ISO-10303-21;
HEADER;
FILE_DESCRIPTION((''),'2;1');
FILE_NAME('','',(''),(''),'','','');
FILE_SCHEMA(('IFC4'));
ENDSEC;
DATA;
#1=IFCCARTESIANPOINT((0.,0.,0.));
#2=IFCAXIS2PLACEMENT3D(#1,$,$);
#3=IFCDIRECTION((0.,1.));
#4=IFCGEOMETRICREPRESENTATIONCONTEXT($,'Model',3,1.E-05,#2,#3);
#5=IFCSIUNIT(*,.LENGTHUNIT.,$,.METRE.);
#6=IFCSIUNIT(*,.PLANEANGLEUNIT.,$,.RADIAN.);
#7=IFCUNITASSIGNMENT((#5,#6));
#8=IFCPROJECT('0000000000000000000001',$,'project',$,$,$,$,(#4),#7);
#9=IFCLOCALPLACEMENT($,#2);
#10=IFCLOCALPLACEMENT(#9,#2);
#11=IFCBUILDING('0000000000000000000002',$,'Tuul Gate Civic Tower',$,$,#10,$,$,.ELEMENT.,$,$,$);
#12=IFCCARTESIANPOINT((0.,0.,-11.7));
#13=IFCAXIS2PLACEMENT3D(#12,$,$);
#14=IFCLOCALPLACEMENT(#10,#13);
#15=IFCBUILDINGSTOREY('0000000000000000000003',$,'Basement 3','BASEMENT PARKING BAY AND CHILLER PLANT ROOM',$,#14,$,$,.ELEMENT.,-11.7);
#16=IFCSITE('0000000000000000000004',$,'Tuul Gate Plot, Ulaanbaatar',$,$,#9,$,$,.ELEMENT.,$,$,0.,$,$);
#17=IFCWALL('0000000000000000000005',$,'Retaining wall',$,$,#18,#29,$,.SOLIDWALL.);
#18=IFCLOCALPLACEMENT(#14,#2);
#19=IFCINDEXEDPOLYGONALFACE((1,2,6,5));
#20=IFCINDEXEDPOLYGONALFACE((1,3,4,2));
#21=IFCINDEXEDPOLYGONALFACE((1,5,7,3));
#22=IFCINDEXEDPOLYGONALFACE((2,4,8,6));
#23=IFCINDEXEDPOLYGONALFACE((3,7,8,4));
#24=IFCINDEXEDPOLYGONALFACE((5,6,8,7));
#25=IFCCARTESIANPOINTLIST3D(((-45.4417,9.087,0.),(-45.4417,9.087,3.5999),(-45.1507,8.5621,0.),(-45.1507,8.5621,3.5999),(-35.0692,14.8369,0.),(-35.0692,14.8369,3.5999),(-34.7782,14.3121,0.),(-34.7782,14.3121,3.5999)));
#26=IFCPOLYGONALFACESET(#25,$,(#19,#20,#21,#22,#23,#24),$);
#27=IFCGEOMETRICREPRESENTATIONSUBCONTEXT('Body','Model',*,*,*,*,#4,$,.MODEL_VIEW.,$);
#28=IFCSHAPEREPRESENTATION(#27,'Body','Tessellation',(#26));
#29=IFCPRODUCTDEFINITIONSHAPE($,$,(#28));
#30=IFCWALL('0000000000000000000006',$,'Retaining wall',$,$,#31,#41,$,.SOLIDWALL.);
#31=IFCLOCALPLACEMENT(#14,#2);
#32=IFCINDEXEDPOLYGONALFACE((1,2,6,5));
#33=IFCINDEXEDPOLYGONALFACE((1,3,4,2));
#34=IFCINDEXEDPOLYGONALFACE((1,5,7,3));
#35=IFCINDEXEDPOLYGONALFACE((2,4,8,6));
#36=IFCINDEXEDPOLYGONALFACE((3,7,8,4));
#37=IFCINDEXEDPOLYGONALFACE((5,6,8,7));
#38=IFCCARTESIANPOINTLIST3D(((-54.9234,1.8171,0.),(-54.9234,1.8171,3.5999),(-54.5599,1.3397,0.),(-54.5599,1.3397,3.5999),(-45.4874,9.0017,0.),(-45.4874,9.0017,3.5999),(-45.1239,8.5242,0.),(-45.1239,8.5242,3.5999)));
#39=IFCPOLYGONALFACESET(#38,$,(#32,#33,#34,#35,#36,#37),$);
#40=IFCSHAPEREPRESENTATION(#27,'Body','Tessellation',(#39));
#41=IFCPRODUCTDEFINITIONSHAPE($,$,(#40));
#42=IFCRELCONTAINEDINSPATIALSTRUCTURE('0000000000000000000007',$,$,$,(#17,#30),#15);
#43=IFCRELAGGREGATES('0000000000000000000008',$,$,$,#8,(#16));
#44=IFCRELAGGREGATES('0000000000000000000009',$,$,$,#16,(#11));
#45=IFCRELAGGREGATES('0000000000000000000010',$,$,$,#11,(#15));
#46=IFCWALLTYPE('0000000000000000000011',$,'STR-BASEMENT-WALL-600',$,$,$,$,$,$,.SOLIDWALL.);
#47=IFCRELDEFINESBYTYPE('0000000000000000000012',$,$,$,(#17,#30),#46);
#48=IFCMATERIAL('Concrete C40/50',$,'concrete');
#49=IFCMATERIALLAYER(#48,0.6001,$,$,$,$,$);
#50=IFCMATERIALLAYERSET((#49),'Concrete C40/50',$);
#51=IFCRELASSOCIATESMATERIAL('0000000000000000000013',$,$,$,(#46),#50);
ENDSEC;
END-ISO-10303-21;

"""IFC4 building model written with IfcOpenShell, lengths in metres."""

from ifc_helpers import new_model, si_unit, direction, frame, frame_2d, origin, place, context, subcontext, project, spatial, rectangle, extrude, material, layer, layer_set, type_object, element, save


model = new_model("IFC4")

# Units and contexts
model_context = context("Model", 3, precision=1e-05, world=origin(), true_north=direction((0.0, 1.0)))
body_context = subcontext(model_context, "Body", "Model", "MODEL_VIEW")
ifc_project = project(units=[si_unit("LENGTHUNIT", "METRE"), si_unit("PLANEANGLEUNIT", "RADIAN")], contexts=[model_context])

# Site, building, storey
site_placement = place(None, origin())
site = spatial("IfcSite", under=ifc_project, at=site_placement, Name="Tuul Gate Plot, Ulaanbaatar", CompositionType="ELEMENT", RefElevation=0.0)
building_placement = place(site_placement, origin())
building = spatial("IfcBuilding", under=site, at=building_placement, Name="Tuul Gate Civic Tower", CompositionType="ELEMENT")
storey_placement = place(building_placement, frame((0.0, 0.0, -11.7)))
storey = spatial("IfcBuildingStorey", under=building, at=storey_placement, Name="Basement 3", Description="BASEMENT PARKING BAY AND CHILLER PLANT ROOM", CompositionType="ELEMENT", Elevation=-11.7)

# Walls
ifc_material_1 = material(Name="Concrete C40/50", Category="concrete")
ifc_layer = layer(ifc_material_1, 0.6001)
ifc_layer_set = layer_set([ifc_layer], Name="Concrete C40/50")
wall_type = type_object("IfcWallType", Name="STR-BASEMENT-WALL-600", PredefinedType="SOLIDWALL", material=ifc_layer_set)
wall_1_placement = place(storey_placement, frame((-34.9238, 14.5745, 0.0), z_axis=(0.0, 0.0, 1.0), x_axis=(-0.874606, -0.484835, 0.0)))
element("IfcWall", 1, at=wall_1_placement, inside=storey, type_object=wall_type, Name="Retaining wall", PredefinedType="SOLIDWALL", context=body_context, shape_type="SweptSolid", body=[
    extrude(rectangle(XDim=11.8596, YDim=0.6001, at=frame_2d((5.9297, 0.0))), origin(), (0.0, 0.0, 1.0), 3.5999),
])
wall_2_placement = place(storey_placement, frame((-45.3057, 8.7629, 0.0), z_axis=(0.0, 0.0, 1.0), x_axis=(-0.795626, -0.605788, 0.0)))
element("IfcWall", 2, at=wall_2_placement, inside=storey, type_object=wall_type, Name="Retaining wall", PredefinedType="SOLIDWALL", context=body_context, shape_type="SweptSolid", body=[
    extrude(rectangle(XDim=11.8599, YDim=0.6001, at=frame_2d((5.9299, 0.0))), origin(), (0.0, 0.0, 1.0), 3.5999),
])

save(model, "model.ifc")
